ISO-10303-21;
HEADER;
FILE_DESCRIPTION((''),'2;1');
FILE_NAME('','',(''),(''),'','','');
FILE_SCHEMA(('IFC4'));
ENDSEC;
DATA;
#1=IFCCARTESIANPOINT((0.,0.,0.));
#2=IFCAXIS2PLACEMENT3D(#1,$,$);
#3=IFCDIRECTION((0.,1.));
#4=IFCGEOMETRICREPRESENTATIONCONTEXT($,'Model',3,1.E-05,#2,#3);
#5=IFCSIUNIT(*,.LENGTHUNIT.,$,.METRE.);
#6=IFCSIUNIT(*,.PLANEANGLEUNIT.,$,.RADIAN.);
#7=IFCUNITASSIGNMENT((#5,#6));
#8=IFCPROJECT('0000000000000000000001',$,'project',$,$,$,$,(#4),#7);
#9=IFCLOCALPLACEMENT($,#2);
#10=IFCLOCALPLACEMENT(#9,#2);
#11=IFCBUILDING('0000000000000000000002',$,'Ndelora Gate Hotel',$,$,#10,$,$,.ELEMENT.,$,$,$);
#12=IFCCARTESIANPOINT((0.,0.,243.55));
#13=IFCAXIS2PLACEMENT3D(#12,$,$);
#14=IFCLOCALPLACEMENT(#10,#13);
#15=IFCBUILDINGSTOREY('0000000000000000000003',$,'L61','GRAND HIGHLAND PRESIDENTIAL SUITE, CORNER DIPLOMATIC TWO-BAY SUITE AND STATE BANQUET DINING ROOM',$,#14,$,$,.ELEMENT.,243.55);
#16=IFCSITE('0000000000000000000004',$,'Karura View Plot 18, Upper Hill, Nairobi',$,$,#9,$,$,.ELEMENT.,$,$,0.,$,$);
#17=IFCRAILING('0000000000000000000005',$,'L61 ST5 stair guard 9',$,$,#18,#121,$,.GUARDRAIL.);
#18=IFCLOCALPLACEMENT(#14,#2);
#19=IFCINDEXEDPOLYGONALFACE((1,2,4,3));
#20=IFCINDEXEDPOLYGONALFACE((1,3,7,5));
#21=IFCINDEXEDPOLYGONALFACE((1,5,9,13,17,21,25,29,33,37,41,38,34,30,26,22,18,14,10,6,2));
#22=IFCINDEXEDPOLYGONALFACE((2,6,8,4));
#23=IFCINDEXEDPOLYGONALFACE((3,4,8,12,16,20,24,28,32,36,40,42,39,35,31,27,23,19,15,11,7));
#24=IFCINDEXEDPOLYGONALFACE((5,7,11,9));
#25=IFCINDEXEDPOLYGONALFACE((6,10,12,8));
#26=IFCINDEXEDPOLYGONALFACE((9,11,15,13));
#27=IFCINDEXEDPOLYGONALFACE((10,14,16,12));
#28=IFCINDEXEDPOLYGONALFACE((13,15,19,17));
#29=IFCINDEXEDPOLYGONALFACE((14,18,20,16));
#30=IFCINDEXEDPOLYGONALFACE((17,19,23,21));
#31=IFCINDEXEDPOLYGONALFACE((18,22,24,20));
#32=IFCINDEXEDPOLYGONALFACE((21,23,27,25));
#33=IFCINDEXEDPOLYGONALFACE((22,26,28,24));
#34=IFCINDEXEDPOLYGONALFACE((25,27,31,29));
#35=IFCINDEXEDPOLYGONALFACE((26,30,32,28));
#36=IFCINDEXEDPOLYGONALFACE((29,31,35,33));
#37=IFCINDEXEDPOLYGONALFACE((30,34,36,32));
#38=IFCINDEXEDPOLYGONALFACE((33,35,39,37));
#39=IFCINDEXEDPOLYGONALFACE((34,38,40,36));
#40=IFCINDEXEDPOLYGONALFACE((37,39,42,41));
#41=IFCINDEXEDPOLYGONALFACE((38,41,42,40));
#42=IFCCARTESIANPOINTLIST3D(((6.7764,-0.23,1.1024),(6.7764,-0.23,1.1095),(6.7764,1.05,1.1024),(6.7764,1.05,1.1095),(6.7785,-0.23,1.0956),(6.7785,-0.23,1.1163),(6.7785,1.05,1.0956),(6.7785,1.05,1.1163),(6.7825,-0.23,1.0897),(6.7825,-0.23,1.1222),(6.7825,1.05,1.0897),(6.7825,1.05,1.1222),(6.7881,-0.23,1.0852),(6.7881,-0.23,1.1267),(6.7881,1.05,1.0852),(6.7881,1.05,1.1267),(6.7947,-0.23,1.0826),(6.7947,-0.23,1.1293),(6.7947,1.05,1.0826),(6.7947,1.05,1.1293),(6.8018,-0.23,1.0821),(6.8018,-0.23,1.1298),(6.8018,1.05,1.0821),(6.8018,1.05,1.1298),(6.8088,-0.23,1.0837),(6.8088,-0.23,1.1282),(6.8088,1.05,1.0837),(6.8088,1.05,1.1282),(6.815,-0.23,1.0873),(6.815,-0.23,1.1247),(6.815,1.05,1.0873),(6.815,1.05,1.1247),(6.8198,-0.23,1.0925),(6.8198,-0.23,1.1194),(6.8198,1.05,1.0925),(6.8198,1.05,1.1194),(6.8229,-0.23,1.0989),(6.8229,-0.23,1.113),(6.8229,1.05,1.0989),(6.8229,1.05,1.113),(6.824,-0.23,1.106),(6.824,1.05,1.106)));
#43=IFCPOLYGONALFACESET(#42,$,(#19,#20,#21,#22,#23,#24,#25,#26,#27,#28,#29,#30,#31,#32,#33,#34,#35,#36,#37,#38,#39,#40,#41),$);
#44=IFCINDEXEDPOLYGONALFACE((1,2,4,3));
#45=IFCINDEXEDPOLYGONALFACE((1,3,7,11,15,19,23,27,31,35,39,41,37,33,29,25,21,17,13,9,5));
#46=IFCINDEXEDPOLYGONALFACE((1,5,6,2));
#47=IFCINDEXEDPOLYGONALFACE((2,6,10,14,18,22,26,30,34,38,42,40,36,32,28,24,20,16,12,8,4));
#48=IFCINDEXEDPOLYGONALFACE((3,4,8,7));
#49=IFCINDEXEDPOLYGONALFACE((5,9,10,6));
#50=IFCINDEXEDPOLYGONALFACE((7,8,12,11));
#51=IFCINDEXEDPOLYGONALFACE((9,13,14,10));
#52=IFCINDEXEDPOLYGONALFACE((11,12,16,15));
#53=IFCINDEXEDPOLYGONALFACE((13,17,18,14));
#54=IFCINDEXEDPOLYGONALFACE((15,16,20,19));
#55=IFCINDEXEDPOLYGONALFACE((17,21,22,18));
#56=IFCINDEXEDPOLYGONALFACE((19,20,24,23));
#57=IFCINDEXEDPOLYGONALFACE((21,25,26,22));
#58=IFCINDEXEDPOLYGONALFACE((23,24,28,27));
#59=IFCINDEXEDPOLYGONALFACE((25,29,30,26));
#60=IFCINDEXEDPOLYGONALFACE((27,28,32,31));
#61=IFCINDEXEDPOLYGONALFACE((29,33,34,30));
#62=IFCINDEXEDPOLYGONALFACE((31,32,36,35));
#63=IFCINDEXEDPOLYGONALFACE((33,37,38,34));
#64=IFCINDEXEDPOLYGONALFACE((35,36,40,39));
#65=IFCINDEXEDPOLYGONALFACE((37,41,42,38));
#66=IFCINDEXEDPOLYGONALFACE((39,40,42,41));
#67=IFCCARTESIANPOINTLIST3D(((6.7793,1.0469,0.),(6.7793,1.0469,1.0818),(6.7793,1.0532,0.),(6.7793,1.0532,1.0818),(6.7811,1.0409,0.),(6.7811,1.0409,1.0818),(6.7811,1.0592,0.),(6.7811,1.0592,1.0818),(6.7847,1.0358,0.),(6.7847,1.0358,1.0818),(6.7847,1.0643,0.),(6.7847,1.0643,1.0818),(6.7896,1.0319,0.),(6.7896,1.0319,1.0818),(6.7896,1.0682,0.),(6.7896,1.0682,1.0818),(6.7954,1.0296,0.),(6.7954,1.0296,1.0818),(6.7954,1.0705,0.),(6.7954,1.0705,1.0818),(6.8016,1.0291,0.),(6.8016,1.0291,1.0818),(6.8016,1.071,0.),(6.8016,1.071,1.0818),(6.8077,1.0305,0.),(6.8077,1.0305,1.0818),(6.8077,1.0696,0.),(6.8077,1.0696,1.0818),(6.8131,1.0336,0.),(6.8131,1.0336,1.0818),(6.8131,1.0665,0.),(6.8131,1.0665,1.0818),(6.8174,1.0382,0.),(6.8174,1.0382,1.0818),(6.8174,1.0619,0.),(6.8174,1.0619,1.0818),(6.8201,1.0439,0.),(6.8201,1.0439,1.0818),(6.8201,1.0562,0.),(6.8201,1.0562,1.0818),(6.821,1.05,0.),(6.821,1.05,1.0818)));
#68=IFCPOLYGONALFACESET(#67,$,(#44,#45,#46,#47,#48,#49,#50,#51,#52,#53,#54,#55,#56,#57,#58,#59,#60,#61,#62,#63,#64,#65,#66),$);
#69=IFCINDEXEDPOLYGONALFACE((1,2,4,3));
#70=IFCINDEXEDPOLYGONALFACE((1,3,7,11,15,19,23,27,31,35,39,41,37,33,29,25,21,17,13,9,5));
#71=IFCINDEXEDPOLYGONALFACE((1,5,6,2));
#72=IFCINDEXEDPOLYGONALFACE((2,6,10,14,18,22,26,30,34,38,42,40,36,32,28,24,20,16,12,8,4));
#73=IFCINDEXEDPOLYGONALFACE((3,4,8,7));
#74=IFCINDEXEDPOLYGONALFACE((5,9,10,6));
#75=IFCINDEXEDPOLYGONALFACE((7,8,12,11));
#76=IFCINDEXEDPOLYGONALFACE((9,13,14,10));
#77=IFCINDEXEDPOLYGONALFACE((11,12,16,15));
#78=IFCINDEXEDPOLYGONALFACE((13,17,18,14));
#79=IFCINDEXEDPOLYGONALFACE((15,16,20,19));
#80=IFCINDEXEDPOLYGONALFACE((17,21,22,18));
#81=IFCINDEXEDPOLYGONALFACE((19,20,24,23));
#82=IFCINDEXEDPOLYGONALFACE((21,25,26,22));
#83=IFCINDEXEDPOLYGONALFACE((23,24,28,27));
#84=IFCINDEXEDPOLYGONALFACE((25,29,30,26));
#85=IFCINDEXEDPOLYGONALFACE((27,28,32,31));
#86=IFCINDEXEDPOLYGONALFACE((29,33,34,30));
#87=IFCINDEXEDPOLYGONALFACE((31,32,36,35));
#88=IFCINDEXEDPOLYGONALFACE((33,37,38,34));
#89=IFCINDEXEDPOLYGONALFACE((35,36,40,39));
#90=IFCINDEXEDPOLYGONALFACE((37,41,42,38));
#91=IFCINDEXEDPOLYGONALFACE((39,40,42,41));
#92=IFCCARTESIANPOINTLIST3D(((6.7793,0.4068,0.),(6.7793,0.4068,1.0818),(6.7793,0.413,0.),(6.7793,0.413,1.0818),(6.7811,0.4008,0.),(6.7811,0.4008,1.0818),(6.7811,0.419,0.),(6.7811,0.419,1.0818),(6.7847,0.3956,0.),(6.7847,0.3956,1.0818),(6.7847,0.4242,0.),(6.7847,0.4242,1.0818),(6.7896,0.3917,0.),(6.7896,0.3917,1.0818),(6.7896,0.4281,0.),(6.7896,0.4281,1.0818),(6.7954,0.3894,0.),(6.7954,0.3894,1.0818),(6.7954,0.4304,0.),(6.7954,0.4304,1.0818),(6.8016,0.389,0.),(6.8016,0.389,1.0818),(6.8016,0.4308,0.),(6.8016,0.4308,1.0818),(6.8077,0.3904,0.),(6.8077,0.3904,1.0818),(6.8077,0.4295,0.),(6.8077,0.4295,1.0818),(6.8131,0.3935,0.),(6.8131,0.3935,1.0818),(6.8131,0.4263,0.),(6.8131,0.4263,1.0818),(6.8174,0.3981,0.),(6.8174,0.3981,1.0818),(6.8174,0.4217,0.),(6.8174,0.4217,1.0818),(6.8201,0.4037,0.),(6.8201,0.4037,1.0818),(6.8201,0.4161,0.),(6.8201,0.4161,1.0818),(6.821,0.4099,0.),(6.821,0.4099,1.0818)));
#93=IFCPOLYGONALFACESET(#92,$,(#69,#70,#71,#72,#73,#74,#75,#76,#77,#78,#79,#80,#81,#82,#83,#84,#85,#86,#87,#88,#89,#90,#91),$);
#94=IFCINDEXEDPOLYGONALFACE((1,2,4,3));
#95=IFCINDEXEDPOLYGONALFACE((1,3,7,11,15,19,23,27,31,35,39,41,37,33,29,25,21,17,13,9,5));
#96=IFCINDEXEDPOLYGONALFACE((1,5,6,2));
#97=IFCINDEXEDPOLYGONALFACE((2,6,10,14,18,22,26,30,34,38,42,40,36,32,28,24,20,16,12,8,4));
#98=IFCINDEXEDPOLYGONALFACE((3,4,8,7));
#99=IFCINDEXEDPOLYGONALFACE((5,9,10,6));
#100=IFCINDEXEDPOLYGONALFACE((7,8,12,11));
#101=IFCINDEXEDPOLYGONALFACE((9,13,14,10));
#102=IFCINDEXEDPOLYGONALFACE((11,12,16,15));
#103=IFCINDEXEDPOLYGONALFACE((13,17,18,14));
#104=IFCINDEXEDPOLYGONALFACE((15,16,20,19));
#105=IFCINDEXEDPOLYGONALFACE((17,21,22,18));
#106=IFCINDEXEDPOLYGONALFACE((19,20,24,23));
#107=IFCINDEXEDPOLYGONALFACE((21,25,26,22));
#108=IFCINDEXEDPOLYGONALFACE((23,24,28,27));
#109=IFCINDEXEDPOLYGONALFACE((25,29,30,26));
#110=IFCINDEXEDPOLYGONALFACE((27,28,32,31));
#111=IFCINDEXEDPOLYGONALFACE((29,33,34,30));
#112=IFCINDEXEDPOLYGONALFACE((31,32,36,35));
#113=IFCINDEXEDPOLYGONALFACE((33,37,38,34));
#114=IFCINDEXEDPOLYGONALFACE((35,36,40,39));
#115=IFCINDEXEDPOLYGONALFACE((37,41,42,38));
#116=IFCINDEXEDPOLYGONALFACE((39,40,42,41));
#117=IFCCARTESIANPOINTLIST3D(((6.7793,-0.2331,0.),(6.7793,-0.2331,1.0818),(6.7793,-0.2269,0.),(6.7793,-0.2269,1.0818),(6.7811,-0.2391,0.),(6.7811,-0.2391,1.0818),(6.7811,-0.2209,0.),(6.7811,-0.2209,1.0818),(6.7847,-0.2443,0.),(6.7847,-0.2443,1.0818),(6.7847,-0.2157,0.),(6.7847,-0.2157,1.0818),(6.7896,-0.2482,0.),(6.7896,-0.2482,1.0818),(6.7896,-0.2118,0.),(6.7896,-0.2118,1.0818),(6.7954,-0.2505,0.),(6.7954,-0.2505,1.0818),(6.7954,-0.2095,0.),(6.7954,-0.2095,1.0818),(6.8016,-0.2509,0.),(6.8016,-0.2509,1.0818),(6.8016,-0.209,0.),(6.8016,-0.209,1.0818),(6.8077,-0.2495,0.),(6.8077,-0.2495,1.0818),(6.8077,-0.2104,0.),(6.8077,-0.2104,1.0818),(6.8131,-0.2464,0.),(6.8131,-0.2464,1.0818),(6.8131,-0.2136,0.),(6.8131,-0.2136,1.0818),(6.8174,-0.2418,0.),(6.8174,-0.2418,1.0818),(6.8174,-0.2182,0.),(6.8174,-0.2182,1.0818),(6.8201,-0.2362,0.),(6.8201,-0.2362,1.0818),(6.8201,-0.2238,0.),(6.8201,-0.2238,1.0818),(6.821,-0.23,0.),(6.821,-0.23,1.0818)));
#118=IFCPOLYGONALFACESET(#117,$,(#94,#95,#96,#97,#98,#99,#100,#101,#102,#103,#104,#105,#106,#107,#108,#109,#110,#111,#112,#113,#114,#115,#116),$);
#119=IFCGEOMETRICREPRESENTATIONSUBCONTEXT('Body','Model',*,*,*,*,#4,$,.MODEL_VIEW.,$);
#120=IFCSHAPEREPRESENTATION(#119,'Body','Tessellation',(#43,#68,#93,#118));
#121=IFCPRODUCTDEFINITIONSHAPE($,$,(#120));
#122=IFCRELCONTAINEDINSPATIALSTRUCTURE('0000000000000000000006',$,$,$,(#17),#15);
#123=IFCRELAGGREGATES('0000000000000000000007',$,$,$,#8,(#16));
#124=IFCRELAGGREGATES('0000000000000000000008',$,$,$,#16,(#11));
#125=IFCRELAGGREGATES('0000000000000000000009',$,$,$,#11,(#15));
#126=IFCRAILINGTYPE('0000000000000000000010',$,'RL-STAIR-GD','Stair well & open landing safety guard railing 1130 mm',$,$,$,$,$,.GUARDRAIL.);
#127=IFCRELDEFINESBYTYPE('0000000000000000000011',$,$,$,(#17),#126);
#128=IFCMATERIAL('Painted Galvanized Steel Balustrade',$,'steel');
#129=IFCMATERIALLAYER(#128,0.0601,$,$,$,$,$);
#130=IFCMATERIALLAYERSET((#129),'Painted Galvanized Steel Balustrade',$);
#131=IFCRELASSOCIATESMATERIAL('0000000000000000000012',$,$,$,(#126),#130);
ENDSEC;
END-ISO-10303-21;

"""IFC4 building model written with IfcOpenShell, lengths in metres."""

from ifc_helpers import new_model, si_unit, direction, frame, origin, origin_2d, place, context, subcontext, project, spatial, circle, extrude, material, layer, layer_set, type_object, element, save


model = new_model("IFC4")

# Units and contexts
model_context = context("Model", 3, precision=1e-05, world=origin(), true_north=direction((0.0, 1.0)))
body_context = subcontext(model_context, "Body", "Model", "MODEL_VIEW")
ifc_project = project(units=[si_unit("LENGTHUNIT", "METRE"), si_unit("PLANEANGLEUNIT", "RADIAN")], contexts=[model_context])

# Site, building, storey
site_placement = place(None, origin())
site = spatial("IfcSite", under=ifc_project, at=site_placement, Name="Karura View Plot 18, Upper Hill, Nairobi", CompositionType="ELEMENT", RefElevation=0.0)
building_placement = place(site_placement, origin())
building = spatial("IfcBuilding", under=site, at=building_placement, Name="Ndelora Gate Hotel", CompositionType="ELEMENT")
storey_placement = place(building_placement, frame((0.0, 0.0, 243.55)))
storey = spatial("IfcBuildingStorey", under=building, at=storey_placement, Name="L61", Description="GRAND HIGHLAND PRESIDENTIAL SUITE, CORNER DIPLOMATIC TWO-BAY SUITE AND STATE BANQUET DINING ROOM", CompositionType="ELEMENT", Elevation=243.55)

# Railing
ifc_material_1 = material(Name="Painted Galvanized Steel Balustrade", Category="steel")
ifc_layer_1 = layer(ifc_material_1, 0.0601)
ifc_layer_set_1 = layer_set([ifc_layer_1], Name="Painted Galvanized Steel Balustrade")
railing_type_1 = type_object("IfcRailingType", Name="RL-STAIR-GD", Description="Stair well & open landing safety guard railing 1130 mm", PredefinedType="GUARDRAIL", material=ifc_layer_set_1)
for number, where, name in (
    (1, (6.8, 1.05, 0.0), "L61 ST5 stair guard 9"),
):
    element("IfcRailing", number, at=place(storey_placement, frame(where)), inside=storey, type_object=railing_type_1, Name=name, PredefinedType="GUARDRAIL", context=body_context, shape_type="SweptSolid", body=[
        extrude(circle(Radius=0.0239, at=origin_2d()), frame((0.0, 0.0, 1.106), z_axis=(0.0, -1.0, 0.0), x_axis=(1.0, 0.0, 0.0)), (0.0, 0.0, 1.0), 1.28),
        extrude(circle(Radius=0.021, at=origin_2d()), origin(), (0.0, 0.0, 1.0), 1.0818),
        extrude(circle(Radius=0.021, at=origin_2d()), frame((0.0, -0.6401, 0.0)), (0.0, 0.0, 1.0), 1.0818),
        extrude(circle(Radius=0.021, at=origin_2d()), frame((0.0, -1.28, 0.0)), (0.0, 0.0, 1.0), 1.0818),
    ])

save(model, "model.ifc")
